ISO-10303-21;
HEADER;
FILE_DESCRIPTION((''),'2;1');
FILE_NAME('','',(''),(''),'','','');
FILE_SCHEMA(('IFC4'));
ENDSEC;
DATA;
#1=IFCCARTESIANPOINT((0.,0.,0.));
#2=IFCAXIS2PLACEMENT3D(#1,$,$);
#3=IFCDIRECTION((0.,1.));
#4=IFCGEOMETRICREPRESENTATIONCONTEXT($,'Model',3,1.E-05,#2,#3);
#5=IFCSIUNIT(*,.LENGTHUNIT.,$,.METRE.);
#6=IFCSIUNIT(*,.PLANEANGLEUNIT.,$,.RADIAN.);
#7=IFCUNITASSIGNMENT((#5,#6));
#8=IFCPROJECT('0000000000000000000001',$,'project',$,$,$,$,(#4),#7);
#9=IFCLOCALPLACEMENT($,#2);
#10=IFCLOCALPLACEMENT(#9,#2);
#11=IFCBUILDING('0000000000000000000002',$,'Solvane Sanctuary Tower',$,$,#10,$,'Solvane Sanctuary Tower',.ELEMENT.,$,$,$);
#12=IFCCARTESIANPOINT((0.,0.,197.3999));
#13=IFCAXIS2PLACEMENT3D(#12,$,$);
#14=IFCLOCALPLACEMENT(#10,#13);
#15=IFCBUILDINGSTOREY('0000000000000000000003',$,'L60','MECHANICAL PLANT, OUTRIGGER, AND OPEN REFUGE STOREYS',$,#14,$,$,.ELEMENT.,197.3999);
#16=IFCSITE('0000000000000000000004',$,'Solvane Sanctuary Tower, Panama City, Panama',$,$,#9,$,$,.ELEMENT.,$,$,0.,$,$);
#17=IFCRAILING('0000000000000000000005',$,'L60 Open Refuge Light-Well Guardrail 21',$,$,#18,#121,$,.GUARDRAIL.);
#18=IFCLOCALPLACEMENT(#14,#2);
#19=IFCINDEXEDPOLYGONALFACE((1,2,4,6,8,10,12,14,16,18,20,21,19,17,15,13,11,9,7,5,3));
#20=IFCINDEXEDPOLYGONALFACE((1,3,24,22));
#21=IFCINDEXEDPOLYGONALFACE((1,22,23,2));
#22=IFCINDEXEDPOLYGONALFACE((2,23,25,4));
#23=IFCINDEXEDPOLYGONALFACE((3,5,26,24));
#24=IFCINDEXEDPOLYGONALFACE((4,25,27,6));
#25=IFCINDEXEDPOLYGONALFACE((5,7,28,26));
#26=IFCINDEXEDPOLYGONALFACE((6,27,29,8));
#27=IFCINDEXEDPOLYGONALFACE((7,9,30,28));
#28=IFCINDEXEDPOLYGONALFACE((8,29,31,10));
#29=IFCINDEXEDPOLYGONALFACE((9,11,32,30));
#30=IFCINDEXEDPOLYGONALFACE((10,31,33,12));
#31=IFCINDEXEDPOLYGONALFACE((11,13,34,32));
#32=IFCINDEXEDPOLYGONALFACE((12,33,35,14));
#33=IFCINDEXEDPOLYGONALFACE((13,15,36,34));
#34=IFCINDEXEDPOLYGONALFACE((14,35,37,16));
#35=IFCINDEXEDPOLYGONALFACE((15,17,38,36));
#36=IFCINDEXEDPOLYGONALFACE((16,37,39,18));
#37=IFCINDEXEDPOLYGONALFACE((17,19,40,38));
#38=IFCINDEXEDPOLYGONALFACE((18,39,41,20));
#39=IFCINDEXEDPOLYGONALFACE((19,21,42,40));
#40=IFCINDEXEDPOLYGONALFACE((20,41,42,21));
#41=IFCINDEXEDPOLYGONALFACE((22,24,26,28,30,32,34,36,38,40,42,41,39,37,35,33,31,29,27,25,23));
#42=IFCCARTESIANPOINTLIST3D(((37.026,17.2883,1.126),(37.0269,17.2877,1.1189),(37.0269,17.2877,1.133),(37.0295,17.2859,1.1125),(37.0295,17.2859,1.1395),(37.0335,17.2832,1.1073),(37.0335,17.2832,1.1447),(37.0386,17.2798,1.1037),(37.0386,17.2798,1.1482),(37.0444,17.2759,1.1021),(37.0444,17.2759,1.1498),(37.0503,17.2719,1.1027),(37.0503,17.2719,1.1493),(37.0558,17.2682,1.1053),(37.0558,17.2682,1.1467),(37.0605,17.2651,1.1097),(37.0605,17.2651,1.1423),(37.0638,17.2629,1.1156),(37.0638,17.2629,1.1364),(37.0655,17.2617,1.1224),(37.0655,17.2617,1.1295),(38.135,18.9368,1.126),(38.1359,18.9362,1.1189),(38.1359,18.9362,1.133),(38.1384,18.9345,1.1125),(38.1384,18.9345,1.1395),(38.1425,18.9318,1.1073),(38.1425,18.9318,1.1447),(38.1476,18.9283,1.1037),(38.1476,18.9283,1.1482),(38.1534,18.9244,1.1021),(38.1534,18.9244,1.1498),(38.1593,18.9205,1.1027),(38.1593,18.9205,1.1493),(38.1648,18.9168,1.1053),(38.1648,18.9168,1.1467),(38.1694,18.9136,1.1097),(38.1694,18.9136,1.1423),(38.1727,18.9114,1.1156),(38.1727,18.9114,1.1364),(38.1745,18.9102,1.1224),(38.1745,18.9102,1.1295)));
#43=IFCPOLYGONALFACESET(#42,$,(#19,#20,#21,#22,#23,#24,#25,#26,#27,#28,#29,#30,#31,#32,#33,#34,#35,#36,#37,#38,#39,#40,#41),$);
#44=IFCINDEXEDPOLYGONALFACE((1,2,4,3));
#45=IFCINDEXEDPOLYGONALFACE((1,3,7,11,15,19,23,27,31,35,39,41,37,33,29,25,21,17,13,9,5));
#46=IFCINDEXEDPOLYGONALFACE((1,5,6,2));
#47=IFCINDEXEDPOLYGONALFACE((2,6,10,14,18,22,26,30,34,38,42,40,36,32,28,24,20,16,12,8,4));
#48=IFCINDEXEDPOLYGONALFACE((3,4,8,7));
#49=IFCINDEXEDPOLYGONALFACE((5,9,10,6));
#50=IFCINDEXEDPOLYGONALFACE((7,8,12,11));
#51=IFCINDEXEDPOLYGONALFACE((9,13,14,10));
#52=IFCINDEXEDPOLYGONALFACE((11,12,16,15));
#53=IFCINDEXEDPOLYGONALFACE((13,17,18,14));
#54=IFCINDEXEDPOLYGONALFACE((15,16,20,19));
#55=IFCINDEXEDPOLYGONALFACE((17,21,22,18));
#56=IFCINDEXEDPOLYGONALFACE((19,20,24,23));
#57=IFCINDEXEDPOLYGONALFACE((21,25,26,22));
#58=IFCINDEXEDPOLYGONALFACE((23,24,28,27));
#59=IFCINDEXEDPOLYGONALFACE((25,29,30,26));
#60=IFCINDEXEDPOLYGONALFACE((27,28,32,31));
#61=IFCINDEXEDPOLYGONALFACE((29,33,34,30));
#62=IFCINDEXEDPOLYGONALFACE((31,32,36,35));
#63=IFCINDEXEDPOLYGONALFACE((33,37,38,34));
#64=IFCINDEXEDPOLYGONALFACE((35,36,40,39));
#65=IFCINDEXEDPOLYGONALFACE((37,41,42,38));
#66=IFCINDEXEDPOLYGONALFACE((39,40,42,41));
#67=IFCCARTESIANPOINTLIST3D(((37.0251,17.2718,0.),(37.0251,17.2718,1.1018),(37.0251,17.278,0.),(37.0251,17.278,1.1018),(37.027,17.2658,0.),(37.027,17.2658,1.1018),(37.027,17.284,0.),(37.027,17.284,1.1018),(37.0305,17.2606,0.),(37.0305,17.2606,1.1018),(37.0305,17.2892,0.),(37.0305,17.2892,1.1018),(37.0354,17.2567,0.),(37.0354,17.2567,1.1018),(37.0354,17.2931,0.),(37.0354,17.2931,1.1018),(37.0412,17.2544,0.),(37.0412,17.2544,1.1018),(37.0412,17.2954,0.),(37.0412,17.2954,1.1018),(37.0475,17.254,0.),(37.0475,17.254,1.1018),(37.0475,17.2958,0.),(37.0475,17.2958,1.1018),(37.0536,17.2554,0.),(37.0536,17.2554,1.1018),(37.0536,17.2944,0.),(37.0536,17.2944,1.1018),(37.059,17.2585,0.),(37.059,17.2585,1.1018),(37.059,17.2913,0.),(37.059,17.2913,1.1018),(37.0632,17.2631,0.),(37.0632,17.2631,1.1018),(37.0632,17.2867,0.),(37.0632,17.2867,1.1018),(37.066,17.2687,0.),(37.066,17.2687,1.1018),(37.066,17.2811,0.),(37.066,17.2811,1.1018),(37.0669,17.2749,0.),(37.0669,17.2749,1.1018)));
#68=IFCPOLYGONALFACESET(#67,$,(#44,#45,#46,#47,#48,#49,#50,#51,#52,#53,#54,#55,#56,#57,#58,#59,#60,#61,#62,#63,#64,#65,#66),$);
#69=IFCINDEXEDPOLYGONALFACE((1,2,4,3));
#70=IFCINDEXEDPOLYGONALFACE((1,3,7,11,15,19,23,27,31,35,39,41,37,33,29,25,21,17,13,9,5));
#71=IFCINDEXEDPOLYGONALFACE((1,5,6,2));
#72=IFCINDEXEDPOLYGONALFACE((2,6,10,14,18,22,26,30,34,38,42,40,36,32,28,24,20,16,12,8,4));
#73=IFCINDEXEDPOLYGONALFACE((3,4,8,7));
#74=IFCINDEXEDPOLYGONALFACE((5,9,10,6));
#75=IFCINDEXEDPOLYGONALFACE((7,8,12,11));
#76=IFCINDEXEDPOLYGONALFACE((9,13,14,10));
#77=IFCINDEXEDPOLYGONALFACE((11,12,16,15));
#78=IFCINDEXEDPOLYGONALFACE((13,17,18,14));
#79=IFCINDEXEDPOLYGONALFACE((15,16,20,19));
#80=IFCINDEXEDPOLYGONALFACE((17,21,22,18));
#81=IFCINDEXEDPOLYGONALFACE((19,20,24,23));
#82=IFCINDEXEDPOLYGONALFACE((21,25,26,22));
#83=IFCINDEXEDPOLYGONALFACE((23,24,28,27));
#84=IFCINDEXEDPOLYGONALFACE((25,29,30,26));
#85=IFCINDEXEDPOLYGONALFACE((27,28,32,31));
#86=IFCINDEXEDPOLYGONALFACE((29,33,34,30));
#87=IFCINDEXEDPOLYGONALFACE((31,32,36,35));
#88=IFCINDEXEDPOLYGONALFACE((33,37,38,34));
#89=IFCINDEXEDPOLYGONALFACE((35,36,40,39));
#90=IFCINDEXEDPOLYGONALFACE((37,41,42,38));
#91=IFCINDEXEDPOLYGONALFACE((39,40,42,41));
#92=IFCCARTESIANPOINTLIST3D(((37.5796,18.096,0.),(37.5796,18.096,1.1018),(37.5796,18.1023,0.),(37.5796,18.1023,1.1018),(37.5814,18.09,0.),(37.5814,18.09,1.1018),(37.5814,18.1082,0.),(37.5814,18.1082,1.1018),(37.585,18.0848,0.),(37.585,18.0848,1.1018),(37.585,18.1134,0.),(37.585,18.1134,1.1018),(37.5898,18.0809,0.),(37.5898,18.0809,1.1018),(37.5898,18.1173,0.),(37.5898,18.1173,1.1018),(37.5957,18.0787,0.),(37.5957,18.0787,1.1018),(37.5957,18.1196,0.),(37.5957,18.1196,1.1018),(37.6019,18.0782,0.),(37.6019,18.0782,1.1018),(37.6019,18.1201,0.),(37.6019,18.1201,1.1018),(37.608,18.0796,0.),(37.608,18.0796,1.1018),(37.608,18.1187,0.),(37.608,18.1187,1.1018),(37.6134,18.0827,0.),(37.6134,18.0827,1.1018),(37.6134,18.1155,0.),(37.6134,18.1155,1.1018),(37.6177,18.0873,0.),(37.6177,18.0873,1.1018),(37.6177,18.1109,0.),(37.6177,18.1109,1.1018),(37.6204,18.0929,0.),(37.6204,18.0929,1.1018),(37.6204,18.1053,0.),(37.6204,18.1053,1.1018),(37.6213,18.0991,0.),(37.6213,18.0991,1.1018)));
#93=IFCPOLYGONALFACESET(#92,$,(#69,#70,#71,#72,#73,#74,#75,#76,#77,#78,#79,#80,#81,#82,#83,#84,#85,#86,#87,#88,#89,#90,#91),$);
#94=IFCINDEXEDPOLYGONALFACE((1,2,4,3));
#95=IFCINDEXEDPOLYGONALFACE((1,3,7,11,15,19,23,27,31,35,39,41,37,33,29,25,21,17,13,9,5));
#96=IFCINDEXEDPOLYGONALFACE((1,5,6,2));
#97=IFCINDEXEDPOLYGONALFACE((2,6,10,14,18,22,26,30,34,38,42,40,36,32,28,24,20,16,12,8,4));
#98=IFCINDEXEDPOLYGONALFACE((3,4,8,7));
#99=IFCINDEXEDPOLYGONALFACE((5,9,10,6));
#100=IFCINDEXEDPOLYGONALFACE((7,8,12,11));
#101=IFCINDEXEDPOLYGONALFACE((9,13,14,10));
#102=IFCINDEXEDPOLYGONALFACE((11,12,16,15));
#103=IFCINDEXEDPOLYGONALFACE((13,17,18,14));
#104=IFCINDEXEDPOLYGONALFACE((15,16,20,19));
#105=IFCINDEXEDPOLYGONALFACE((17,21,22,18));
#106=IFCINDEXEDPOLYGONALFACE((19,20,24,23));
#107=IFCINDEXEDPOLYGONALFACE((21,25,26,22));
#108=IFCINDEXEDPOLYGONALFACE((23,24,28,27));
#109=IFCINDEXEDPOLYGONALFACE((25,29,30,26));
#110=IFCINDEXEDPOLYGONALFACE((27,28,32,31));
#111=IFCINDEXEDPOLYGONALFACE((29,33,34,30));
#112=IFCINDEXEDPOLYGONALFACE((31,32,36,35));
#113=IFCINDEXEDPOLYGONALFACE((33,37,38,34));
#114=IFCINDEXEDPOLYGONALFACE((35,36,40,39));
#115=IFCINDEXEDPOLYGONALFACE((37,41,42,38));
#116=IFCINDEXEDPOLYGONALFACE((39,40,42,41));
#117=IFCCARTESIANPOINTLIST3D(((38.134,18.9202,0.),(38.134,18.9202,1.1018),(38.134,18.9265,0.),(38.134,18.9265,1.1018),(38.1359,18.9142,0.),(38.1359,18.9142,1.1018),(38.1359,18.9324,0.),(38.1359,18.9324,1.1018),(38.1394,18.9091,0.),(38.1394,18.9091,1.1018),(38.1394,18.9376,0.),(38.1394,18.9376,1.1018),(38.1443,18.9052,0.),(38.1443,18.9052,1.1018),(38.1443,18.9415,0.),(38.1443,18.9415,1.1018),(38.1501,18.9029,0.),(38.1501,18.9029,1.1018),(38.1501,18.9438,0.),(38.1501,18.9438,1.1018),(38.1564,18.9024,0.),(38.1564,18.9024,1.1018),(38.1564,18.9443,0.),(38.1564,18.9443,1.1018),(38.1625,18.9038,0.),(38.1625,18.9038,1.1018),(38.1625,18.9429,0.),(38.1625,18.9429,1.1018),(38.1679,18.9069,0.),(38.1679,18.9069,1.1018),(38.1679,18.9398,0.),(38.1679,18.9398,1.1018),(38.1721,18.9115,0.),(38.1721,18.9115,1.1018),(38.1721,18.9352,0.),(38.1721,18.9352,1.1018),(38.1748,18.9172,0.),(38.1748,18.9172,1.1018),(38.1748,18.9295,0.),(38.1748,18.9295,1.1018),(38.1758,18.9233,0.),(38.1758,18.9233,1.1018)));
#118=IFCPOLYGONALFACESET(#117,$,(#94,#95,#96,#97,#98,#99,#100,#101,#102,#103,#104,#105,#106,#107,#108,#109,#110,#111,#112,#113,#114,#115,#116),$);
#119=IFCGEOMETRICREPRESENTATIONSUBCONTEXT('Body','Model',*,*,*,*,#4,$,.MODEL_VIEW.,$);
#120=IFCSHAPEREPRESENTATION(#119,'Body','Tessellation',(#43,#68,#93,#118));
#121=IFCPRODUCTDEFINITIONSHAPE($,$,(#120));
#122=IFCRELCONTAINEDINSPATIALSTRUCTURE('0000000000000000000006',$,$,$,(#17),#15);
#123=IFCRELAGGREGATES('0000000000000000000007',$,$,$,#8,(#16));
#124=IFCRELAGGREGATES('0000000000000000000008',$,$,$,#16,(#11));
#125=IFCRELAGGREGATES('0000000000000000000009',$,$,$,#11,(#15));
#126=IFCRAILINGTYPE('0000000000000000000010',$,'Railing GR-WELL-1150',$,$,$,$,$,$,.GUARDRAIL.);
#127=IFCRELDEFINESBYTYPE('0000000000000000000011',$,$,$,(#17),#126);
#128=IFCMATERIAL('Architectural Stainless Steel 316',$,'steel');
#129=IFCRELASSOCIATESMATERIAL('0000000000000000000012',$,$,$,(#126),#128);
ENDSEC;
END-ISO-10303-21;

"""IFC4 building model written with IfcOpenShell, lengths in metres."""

from ifc_helpers import new_model, si_unit, direction, frame, origin, origin_2d, place, context, subcontext, project, spatial, circle, extrude, material, type_object, element, save


model = new_model("IFC4")

# Units and contexts
model_context = context("Model", 3, precision=1e-05, world=origin(), true_north=direction((0.0, 1.0)))
body_context = subcontext(model_context, "Body", "Model", "MODEL_VIEW")
ifc_project = project(units=[si_unit("LENGTHUNIT", "METRE"), si_unit("PLANEANGLEUNIT", "RADIAN")], contexts=[model_context])

# Site, building, storey
site_placement = place(None, origin())
site = spatial("IfcSite", under=ifc_project, at=site_placement, Name="Solvane Sanctuary Tower, Panama City, Panama", CompositionType="ELEMENT", RefElevation=0.0)
building_placement = place(site_placement, origin())
building = spatial("IfcBuilding", under=site, at=building_placement, Name="Solvane Sanctuary Tower", LongName="Solvane Sanctuary Tower", CompositionType="ELEMENT")
storey_placement = place(building_placement, frame((0.0, 0.0, 197.3999)))
storey = spatial("IfcBuildingStorey", under=building, at=storey_placement, Name="L60", Description="MECHANICAL PLANT, OUTRIGGER, AND OPEN REFUGE STOREYS", CompositionType="ELEMENT", Elevation=197.3999)

# Shared definitions
ifc_material_1 = material(Name="Architectural Stainless Steel 316", Category="steel")

# Railing
railing_type_1 = type_object("IfcRailingType", Name="Railing GR-WELL-1150", PredefinedType="GUARDRAIL", material=ifc_material_1)
railing_1_placement = place(storey_placement, frame((37.0459, 17.2749, 0.0)))
element("IfcRailing", 1, at=railing_1_placement, inside=storey, type_object=railing_type_1, Name="L60 Open Refuge Light-Well Guardrail 21", PredefinedType="GUARDRAIL", context=body_context, shape_type="SweptSolid", body=[
    extrude(circle(Radius=0.0239, at=origin_2d()), frame((0.0, 0.0, 1.126), z_axis=(0.558155, 0.829737, 0.0), x_axis=(-0.829737, 0.558155, 0.0)), (0.0, 0.0, 1.0), 1.9868),
    extrude(circle(Radius=0.021, at=origin_2d()), origin(), (0.0, 0.0, 1.0), 1.1018),
    extrude(circle(Radius=0.021, at=origin_2d()), frame((0.5544, 0.8242, 0.0)), (0.0, 0.0, 1.0), 1.1018),
    extrude(circle(Radius=0.021, at=origin_2d()), frame((1.1089, 1.6484, 0.0)), (0.0, 0.0, 1.0), 1.1018),
])

save(model, "model.ifc")
